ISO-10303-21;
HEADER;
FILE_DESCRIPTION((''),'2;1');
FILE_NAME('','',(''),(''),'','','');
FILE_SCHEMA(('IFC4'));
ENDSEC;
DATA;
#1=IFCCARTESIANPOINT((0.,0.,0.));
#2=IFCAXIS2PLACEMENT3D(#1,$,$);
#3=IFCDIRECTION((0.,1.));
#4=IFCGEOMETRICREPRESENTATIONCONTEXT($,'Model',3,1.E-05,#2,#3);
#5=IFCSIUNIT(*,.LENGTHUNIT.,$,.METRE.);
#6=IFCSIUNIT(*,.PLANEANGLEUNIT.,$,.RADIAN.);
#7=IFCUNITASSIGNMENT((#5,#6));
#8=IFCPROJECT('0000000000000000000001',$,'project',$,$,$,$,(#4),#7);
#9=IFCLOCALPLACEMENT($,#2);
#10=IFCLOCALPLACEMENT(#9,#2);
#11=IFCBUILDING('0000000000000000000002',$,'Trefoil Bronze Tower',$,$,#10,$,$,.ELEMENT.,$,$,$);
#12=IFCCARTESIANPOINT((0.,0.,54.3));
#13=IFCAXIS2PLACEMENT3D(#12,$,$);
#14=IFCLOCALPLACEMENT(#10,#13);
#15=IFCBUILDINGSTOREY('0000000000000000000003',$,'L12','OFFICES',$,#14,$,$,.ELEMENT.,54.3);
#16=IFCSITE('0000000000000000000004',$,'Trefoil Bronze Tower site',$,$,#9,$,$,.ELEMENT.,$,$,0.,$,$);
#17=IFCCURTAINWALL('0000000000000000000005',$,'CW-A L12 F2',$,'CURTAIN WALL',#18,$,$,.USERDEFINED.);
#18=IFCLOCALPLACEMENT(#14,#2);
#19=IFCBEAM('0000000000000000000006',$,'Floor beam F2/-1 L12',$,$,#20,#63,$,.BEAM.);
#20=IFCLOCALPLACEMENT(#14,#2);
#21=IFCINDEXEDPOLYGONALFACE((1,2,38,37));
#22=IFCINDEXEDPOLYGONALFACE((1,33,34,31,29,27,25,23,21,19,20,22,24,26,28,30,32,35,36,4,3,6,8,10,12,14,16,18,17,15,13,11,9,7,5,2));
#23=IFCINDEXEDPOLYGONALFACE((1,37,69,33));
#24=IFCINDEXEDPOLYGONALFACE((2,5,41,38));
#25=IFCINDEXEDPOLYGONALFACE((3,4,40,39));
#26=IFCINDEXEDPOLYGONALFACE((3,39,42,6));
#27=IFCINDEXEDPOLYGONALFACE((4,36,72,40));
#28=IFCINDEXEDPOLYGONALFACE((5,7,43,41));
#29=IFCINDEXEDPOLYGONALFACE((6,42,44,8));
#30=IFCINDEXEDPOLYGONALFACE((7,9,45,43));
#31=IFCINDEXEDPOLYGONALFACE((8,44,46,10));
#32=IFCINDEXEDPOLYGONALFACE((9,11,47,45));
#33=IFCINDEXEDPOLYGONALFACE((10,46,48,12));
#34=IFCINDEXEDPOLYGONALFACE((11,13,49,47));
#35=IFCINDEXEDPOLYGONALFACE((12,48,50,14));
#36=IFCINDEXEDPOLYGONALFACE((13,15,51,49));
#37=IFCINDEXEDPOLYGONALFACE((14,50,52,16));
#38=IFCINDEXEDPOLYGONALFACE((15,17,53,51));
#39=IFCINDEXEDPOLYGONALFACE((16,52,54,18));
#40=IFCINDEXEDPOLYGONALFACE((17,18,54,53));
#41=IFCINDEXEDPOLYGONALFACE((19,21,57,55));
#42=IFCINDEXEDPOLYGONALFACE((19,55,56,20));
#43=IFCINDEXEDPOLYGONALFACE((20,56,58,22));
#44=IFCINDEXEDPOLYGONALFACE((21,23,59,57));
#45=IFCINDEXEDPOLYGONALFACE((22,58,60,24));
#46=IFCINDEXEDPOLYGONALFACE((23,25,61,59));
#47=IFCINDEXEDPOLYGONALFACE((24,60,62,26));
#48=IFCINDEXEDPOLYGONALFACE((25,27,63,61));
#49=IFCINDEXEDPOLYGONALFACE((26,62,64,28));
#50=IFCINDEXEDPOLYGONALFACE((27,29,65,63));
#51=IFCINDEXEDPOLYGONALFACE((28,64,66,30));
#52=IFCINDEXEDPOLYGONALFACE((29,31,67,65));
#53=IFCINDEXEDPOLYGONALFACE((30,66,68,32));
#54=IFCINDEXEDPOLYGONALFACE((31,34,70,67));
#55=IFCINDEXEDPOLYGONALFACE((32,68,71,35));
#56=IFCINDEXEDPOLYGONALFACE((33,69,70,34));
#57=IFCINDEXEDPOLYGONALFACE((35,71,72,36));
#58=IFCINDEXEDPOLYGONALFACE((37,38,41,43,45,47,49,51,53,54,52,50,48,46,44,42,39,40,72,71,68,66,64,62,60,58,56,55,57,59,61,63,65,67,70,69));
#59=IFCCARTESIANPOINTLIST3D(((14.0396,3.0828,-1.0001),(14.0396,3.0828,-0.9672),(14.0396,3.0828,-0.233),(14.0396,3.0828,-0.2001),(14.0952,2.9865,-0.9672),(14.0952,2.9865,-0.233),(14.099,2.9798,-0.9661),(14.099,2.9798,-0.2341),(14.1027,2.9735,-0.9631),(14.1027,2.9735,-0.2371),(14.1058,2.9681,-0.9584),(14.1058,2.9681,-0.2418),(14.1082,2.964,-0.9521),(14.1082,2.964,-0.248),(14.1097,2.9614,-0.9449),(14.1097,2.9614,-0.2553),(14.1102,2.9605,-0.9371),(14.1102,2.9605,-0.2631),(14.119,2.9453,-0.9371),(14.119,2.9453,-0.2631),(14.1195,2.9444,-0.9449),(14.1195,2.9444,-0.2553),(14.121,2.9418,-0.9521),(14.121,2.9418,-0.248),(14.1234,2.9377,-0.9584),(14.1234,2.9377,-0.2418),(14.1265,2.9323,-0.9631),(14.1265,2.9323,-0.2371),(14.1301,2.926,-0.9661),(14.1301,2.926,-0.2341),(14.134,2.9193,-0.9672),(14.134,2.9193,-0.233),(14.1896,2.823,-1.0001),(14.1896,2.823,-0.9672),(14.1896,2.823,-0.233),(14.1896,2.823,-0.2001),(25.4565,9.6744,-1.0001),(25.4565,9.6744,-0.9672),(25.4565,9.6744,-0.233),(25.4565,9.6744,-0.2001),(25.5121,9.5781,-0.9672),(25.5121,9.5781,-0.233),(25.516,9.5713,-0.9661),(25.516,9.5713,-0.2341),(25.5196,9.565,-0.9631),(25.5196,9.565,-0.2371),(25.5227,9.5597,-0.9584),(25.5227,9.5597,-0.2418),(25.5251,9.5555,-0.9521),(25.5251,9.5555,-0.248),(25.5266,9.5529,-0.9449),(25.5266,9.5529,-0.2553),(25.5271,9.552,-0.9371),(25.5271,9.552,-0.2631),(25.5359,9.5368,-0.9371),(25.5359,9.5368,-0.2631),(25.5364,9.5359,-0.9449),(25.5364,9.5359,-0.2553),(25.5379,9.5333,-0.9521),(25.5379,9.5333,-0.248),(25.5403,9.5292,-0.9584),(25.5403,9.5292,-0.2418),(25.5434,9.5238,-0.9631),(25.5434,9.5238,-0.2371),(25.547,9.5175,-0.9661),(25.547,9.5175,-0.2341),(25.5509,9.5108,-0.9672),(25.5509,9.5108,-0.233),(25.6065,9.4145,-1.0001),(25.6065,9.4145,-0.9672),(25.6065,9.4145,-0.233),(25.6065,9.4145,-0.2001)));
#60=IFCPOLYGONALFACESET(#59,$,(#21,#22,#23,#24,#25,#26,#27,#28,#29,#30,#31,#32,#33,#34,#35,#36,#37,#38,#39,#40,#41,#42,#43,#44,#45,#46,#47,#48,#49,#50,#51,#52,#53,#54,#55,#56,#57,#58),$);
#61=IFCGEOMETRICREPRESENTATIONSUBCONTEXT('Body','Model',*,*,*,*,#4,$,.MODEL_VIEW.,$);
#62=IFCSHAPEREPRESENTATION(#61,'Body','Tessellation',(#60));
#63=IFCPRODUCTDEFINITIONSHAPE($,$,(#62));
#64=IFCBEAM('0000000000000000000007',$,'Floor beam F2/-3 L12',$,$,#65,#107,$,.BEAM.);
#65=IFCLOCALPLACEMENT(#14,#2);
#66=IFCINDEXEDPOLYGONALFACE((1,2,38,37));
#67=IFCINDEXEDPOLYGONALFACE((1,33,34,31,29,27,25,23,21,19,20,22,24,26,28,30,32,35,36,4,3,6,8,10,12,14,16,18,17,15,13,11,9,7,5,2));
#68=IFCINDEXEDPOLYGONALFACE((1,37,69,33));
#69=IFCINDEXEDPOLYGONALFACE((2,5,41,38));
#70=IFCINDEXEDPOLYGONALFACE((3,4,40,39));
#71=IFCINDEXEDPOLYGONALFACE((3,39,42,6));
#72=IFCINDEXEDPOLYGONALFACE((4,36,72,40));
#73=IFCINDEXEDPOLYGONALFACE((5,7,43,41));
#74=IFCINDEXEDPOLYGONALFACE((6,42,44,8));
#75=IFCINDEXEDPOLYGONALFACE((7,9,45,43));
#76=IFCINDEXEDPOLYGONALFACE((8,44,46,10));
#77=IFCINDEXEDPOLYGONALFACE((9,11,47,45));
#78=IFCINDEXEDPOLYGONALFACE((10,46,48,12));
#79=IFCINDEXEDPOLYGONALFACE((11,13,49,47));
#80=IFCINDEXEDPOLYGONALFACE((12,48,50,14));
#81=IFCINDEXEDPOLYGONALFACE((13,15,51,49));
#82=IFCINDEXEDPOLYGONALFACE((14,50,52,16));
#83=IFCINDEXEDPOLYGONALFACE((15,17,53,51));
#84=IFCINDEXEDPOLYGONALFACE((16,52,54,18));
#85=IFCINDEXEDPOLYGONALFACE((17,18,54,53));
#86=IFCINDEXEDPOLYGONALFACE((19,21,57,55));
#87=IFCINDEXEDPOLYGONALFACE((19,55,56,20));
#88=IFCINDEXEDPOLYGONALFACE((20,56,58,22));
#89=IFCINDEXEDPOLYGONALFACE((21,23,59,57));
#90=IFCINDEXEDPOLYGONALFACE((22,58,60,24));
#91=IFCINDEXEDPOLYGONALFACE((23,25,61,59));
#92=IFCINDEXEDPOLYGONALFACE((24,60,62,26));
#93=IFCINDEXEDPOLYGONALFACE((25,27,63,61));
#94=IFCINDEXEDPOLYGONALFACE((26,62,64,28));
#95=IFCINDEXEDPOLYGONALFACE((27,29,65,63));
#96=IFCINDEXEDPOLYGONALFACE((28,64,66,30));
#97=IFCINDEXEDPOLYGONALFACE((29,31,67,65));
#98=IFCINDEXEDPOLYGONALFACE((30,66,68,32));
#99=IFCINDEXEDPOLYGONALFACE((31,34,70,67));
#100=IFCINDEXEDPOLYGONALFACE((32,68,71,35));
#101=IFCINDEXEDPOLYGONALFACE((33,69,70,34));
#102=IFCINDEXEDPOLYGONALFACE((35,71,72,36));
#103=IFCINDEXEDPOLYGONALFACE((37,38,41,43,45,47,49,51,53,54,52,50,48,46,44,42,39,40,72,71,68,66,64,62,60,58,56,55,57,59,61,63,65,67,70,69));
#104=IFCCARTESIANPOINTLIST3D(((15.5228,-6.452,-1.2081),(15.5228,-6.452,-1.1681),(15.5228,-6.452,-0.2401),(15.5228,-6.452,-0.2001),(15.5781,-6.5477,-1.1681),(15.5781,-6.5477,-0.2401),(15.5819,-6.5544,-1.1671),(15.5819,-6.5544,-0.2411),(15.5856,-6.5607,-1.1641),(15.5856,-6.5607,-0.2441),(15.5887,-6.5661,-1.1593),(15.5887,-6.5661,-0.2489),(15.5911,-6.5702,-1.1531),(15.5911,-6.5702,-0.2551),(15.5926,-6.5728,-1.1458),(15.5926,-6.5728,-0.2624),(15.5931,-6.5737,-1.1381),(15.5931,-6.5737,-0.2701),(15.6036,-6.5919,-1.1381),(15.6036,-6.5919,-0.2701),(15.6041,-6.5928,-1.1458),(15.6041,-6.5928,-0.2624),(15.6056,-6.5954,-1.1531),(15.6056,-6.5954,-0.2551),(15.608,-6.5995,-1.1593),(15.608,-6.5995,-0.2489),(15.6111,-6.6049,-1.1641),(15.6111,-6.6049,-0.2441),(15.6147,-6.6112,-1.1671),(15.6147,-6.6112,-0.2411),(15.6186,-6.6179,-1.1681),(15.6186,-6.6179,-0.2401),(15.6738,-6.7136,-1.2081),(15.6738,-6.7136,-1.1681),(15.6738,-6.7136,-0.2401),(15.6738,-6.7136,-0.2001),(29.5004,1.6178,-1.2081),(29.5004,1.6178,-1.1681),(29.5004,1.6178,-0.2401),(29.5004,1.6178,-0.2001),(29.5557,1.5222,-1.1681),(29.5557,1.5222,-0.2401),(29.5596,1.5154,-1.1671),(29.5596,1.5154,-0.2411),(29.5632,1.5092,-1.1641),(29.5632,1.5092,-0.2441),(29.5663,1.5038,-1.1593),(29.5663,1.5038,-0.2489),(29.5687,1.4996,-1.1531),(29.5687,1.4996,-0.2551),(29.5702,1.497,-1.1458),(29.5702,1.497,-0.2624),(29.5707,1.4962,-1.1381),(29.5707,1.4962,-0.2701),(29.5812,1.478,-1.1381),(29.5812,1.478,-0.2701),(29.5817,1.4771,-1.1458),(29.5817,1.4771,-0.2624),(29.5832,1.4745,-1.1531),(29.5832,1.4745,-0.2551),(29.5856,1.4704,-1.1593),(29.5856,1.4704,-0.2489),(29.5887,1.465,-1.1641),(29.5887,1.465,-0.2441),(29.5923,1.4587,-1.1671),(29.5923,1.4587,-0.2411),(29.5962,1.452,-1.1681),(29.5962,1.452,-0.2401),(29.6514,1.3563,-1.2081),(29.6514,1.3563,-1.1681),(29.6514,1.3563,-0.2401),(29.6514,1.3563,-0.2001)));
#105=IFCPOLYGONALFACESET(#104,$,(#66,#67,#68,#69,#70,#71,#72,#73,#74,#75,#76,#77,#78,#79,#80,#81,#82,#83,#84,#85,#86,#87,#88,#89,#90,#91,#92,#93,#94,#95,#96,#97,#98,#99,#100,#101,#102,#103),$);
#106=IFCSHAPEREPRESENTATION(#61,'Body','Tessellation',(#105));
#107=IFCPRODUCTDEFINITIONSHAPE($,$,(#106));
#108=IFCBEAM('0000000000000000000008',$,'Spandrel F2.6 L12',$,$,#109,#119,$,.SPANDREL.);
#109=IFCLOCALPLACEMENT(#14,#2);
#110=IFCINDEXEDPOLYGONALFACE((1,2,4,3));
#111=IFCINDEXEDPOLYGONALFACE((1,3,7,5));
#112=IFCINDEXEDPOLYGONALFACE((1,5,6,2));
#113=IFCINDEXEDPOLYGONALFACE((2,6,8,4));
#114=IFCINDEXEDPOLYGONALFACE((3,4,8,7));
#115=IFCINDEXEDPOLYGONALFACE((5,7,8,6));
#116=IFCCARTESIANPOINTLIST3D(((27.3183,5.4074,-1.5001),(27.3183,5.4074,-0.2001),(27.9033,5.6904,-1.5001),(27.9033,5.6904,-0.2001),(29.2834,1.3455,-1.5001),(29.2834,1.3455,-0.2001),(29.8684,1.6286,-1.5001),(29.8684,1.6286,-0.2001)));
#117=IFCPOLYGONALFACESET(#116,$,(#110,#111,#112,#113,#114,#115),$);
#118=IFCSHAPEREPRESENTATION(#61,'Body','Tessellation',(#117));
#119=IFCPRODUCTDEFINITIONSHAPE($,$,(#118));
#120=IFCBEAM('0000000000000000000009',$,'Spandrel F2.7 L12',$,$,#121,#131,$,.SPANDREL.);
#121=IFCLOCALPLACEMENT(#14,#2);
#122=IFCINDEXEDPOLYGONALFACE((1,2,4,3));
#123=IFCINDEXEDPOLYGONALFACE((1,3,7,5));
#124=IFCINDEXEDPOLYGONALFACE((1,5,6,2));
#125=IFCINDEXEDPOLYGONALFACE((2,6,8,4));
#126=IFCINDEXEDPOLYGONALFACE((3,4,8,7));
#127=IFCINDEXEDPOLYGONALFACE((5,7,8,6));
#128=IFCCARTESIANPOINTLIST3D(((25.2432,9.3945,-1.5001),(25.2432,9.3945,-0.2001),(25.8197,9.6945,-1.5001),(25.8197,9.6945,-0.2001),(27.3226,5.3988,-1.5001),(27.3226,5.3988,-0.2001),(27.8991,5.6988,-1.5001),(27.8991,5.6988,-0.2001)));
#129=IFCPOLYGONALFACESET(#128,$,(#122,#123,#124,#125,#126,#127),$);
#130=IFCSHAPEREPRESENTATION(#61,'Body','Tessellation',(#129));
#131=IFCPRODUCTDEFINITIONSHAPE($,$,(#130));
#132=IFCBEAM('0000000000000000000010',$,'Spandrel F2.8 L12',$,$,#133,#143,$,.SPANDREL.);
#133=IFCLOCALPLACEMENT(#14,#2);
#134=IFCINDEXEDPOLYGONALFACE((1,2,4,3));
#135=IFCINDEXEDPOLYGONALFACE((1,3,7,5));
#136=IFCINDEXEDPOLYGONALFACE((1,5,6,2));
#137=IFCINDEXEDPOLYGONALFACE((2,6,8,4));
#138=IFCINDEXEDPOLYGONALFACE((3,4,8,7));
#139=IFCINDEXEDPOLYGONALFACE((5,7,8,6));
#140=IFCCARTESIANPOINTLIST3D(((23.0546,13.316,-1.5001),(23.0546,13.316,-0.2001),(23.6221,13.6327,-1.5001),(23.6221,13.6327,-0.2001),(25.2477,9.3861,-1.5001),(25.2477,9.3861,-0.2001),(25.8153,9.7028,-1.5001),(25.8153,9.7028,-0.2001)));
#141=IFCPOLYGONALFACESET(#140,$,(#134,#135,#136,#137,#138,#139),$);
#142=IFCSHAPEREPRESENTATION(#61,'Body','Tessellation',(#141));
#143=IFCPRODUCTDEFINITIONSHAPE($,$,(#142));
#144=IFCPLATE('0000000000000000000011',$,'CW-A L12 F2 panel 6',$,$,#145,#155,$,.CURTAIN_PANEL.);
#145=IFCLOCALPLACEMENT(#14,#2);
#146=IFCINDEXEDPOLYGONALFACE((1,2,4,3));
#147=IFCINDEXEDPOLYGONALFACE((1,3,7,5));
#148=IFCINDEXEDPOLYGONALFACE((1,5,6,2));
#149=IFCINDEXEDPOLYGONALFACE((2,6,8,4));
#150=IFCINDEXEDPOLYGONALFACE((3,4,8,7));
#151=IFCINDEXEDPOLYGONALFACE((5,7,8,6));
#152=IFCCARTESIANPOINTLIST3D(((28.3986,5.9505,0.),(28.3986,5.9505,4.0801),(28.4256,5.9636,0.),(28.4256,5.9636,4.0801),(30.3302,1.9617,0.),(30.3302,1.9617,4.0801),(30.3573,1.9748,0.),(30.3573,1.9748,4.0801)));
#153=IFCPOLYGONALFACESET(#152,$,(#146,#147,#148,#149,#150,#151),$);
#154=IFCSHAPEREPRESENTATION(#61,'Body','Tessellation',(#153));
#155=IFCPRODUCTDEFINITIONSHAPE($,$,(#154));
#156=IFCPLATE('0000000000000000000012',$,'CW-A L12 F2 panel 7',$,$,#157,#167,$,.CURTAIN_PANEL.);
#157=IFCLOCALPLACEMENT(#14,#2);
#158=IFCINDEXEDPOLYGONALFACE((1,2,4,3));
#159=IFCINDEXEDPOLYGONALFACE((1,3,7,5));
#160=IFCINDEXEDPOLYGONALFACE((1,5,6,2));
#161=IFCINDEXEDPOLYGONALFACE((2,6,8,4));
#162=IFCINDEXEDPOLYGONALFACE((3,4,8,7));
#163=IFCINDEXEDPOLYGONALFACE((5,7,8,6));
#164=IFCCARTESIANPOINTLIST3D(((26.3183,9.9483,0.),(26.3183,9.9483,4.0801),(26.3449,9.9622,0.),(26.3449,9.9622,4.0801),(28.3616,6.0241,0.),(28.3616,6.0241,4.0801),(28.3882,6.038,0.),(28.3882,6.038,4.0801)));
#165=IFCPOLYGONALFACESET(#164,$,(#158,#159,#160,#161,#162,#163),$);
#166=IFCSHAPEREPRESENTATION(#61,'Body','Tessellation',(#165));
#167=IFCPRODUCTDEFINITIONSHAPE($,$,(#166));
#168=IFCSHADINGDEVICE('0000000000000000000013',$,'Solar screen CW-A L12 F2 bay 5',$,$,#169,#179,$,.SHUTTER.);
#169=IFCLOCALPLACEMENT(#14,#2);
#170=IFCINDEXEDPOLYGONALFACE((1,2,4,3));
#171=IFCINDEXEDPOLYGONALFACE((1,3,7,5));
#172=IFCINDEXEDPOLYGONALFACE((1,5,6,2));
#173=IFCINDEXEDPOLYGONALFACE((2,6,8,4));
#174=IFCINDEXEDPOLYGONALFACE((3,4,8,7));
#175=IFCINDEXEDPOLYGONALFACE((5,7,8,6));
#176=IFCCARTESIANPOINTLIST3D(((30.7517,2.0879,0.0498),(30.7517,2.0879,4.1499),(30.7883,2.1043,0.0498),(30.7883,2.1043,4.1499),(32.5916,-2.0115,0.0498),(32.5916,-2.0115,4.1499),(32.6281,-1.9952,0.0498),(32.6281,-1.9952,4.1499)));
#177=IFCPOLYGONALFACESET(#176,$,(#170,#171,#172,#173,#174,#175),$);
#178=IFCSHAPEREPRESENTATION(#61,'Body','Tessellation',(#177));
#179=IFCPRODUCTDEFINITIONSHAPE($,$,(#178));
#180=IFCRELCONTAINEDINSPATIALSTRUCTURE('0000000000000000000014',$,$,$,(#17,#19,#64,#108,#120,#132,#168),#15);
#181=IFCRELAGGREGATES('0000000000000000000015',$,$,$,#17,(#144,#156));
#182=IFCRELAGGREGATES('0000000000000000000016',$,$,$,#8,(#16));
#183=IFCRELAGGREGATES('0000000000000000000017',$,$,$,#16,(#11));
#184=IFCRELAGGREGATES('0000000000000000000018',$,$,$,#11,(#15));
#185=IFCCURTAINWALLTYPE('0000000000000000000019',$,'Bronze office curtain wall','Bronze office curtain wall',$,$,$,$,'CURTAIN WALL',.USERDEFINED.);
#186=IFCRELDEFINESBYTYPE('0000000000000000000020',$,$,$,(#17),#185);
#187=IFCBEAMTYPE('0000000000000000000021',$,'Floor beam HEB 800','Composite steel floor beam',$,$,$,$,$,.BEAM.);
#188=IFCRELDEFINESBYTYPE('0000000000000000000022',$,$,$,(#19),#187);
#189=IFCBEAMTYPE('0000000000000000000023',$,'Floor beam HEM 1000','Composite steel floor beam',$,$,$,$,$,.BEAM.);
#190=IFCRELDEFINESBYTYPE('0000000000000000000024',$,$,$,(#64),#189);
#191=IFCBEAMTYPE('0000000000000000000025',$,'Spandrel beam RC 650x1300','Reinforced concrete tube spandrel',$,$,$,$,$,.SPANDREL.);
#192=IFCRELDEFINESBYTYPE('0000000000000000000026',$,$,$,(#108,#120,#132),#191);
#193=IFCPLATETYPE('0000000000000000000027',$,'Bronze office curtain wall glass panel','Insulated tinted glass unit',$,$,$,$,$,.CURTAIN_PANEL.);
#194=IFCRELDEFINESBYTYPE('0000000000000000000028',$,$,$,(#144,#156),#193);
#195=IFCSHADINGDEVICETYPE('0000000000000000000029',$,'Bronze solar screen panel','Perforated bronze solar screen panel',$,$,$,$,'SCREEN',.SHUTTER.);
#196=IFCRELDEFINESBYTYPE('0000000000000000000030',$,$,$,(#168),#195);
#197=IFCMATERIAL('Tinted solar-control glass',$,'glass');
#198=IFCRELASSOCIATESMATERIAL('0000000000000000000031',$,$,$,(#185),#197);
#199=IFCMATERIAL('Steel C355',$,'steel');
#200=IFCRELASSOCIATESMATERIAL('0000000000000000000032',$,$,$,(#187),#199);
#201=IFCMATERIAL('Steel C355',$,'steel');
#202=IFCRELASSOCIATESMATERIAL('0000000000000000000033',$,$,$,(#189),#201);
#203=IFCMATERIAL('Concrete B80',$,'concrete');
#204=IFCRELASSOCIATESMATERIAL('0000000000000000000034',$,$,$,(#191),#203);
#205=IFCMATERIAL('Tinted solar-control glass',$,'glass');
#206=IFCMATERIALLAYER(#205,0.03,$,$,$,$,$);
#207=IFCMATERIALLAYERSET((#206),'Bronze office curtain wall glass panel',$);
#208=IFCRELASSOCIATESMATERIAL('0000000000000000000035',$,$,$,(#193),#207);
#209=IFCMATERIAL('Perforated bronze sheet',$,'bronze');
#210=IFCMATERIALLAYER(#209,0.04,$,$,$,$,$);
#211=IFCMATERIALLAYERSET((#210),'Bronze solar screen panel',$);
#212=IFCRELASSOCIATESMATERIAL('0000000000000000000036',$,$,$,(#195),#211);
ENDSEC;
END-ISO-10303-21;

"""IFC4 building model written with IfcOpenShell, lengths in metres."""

from ifc_helpers import new_model, si_unit, direction, frame, origin, origin_2d, place, context, subcontext, project, spatial, rectangle, i_section, extrude, material, layer, layer_set, material_profile, profile_set, type_object, element, aggregate, save


model = new_model("IFC4")

# Units and contexts
model_context = context("Model", 3, precision=1e-05, world=origin(), true_north=direction((0.0, 1.0)))
body_context = subcontext(model_context, "Body", "Model", "MODEL_VIEW")
ifc_project = project(units=[si_unit("LENGTHUNIT", "METRE"), si_unit("PLANEANGLEUNIT", "RADIAN")], contexts=[model_context])

# Site, building, storey
site_placement = place(None, origin())
site = spatial("IfcSite", under=ifc_project, at=site_placement, Name="Trefoil Bronze Tower site", CompositionType="ELEMENT", RefElevation=0.0)
building_placement = place(site_placement, origin())
building = spatial("IfcBuilding", under=site, at=building_placement, Name="Trefoil Bronze Tower", CompositionType="ELEMENT")
storey_placement = place(building_placement, frame((0.0, 0.0, 54.3)))
storey = spatial("IfcBuildingStorey", under=building, at=storey_placement, Name="L12", Description="OFFICES", CompositionType="ELEMENT", Elevation=54.3)

# Curtain wall
ifc_material_1 = material(Name="Tinted solar-control glass", Category="glass")
curtain_wall_type = type_object("IfcCurtainWallType", Name="Bronze office curtain wall", Description="Bronze office curtain wall", ElementType="CURTAIN WALL", PredefinedType="USERDEFINED", material=ifc_material_1)
curtain_wall_placement = place(storey_placement, origin())
curtain_wall = element("IfcCurtainWall", 1, at=curtain_wall_placement, inside=storey, type_object=curtain_wall_type, Name="CW-A L12 F2", ObjectType="CURTAIN WALL", PredefinedType="USERDEFINED")

# Beams
ifc_material_2 = material(Name="Steel C355", Category="steel")
ifc_material_profile_1 = material_profile(ifc_material_2, i_section(OverallWidth=0.3, OverallDepth=0.8, WebThickness=0.0176, FlangeThickness=0.033, FilletRadius=0.03, at=origin_2d()), Name="HEB 800")
ifc_profile_set_1 = profile_set([ifc_material_profile_1], Name="Steel C355")
beam_type_1 = type_object("IfcBeamType", Name="Floor beam HEB 800", Description="Composite steel floor beam", PredefinedType="BEAM", material=ifc_profile_set_1)
beam_1_placement = place(storey_placement, frame((25.5315, 9.5444, -0.6001), z_axis=(-0.866027, -0.499997, 0.0), x_axis=(0.499997, -0.866027, 0.0)))
element("IfcBeam", 2, at=beam_1_placement, inside=storey, type_object=beam_type_1, Name="Floor beam F2/-1 L12", PredefinedType="BEAM", context=body_context, shape_type="SweptSolid", body=[
    extrude(i_section(OverallWidth=0.3, OverallDepth=0.8, WebThickness=0.0176, FlangeThickness=0.033, FilletRadius=0.03, at=origin_2d()), origin(), (0.0, 0.0, 1.0), 13.1831),
])
ifc_material_3 = material(Name="Steel C355", Category="steel")
ifc_material_profile_2 = material_profile(ifc_material_3, i_section(OverallWidth=0.302, OverallDepth=1.0081, WebThickness=0.021, FlangeThickness=0.04, FilletRadius=0.03, at=origin_2d()), Name="HEM 1000")
ifc_profile_set_2 = profile_set([ifc_material_profile_2], Name="Steel C355")
beam_type_2 = type_object("IfcBeamType", Name="Floor beam HEM 1000", Description="Composite steel floor beam", PredefinedType="BEAM", material=ifc_profile_set_2)
beam_2_placement = place(storey_placement, frame((29.5759, 1.4871, -0.7041), z_axis=(-0.866028, -0.499995, 0.0), x_axis=(0.499995, -0.866028, 0.0)))
element("IfcBeam", 3, at=beam_2_placement, inside=storey, type_object=beam_type_2, Name="Floor beam F2/-3 L12", PredefinedType="BEAM", context=body_context, shape_type="SweptSolid", body=[
    extrude(i_section(OverallWidth=0.302, OverallDepth=1.0081, WebThickness=0.021, FlangeThickness=0.04, FilletRadius=0.03, at=origin_2d()), origin(), (0.0, 0.0, 1.0), 16.1399),
])
ifc_material_4 = material(Name="Concrete B80", Category="concrete")
ifc_material_profile_3 = material_profile(ifc_material_4, rectangle(XDim=0.6499, YDim=1.3, at=origin_2d()), Name="RC 650x1300")
ifc_profile_set_3 = profile_set([ifc_material_profile_3], Name="Concrete B80")
beam_type_3 = type_object("IfcBeamType", Name="Spandrel beam RC 650x1300", Description="Reinforced concrete tube spandrel", PredefinedType="SPANDREL", material=ifc_profile_set_3)
beam_3_placement = place(storey_placement, frame((29.5759, 1.4871, -0.8501), z_axis=(-0.43551, 0.900184, 0.0), x_axis=(-0.900184, -0.43551, 0.0)))
element("IfcBeam", 4, at=beam_3_placement, inside=storey, type_object=beam_type_3, Name="Spandrel F2.6 L12", PredefinedType="SPANDREL", context=body_context, shape_type="SweptSolid", body=[
    extrude(rectangle(XDim=0.6499, YDim=1.3, at=origin_2d()), origin(), (0.0, 0.0, 1.0), 4.5122),
])
beam_4_placement = place(storey_placement, frame((27.6108, 5.5488, -0.8501), z_axis=(-0.461638, 0.887069, 0.0), x_axis=(-0.887069, -0.461638, 0.0)))
element("IfcBeam", 5, at=beam_4_placement, inside=storey, type_object=beam_type_3, Name="Spandrel F2.7 L12", PredefinedType="SPANDREL", context=body_context, shape_type="SweptSolid", body=[
    extrude(rectangle(XDim=0.6499, YDim=1.3, at=origin_2d()), origin(), (0.0, 0.0, 1.0), 4.5044),
])
beam_5_placement = place(storey_placement, frame((25.5315, 9.5444, -0.8501), z_axis=(-0.487309, 0.873229, 0.0), x_axis=(-0.873229, -0.487309, 0.0)))
element("IfcBeam", 6, at=beam_5_placement, inside=storey, type_object=beam_type_3, Name="Spandrel F2.8 L12", PredefinedType="SPANDREL", context=body_context, shape_type="SweptSolid", body=[
    extrude(rectangle(XDim=0.6499, YDim=1.3, at=origin_2d()), origin(), (0.0, 0.0, 1.0), 4.5005),
])

# Plates
ifc_material_5 = material(Name="Tinted solar-control glass", Category="glass")
ifc_layer_1 = layer(ifc_material_5, 0.03)
ifc_layer_set_1 = layer_set([ifc_layer_1], Name="Bronze office curtain wall glass panel")
plate_type = type_object("IfcPlateType", Name="Bronze office curtain wall glass panel", Description="Insulated tinted glass unit", PredefinedType="CURTAIN_PANEL", material=ifc_layer_set_1)
plate_1_placement = place(storey_placement, frame((29.3779, 3.9626, 0.0), z_axis=(0.0, 0.0, 1.0), x_axis=(-0.435855, 0.900017, 0.0)))
plate_1 = element("IfcPlate", 7, at=plate_1_placement, type_object=plate_type, Name="CW-A L12 F2 panel 6", PredefinedType="CURTAIN_PANEL", context=body_context, shape_type="SweptSolid", body=[
    extrude(rectangle(XDim=4.4319, YDim=0.03, at=origin_2d()), origin(), (0.0, 0.0, 1.0), 4.0801),
])
plate_2_placement = place(storey_placement, frame((27.3533, 7.9932, 0.0), z_axis=(0.0, 0.0, 1.0), x_axis=(-0.46183, 0.886969, 0.0)))
plate_2 = element("IfcPlate", 8, at=plate_2_placement, type_object=plate_type, Name="CW-A L12 F2 panel 7", PredefinedType="CURTAIN_PANEL", context=body_context, shape_type="SweptSolid", body=[
    extrude(rectangle(XDim=4.4243, YDim=0.03, at=origin_2d()), origin(), (0.0, 0.0, 1.0), 4.0801),
])
aggregate(curtain_wall, [plate_1, plate_2])

# Shading device
ifc_material_6 = material(Name="Perforated bronze sheet", Category="bronze")
ifc_layer_2 = layer(ifc_material_6, 0.04)
ifc_layer_set_2 = layer_set([ifc_layer_2], Name="Bronze solar screen panel")
shading_device_type = type_object("IfcShadingDeviceType", Name="Bronze solar screen panel", Description="Perforated bronze solar screen panel", ElementType="SCREEN", PredefinedType="SHUTTER", material=ifc_layer_set_2)
shading_device_1_placement = place(storey_placement, frame((31.6899, 0.0464, 0.0498), z_axis=(0.0, 0.0, 1.0), x_axis=(-0.409456, 0.91233, 0.0)))
element("IfcShadingDevice", 9, at=shading_device_1_placement, inside=storey, type_object=shading_device_type, Name="Solar screen CW-A L12 F2 bay 5", PredefinedType="SHUTTER", context=body_context, shape_type="SweptSolid", body=[
    extrude(rectangle(XDim=4.4934, YDim=0.04, at=origin_2d()), origin(), (0.0, 0.0, 1.0), 4.1001),
])

save(model, "model.ifc")
